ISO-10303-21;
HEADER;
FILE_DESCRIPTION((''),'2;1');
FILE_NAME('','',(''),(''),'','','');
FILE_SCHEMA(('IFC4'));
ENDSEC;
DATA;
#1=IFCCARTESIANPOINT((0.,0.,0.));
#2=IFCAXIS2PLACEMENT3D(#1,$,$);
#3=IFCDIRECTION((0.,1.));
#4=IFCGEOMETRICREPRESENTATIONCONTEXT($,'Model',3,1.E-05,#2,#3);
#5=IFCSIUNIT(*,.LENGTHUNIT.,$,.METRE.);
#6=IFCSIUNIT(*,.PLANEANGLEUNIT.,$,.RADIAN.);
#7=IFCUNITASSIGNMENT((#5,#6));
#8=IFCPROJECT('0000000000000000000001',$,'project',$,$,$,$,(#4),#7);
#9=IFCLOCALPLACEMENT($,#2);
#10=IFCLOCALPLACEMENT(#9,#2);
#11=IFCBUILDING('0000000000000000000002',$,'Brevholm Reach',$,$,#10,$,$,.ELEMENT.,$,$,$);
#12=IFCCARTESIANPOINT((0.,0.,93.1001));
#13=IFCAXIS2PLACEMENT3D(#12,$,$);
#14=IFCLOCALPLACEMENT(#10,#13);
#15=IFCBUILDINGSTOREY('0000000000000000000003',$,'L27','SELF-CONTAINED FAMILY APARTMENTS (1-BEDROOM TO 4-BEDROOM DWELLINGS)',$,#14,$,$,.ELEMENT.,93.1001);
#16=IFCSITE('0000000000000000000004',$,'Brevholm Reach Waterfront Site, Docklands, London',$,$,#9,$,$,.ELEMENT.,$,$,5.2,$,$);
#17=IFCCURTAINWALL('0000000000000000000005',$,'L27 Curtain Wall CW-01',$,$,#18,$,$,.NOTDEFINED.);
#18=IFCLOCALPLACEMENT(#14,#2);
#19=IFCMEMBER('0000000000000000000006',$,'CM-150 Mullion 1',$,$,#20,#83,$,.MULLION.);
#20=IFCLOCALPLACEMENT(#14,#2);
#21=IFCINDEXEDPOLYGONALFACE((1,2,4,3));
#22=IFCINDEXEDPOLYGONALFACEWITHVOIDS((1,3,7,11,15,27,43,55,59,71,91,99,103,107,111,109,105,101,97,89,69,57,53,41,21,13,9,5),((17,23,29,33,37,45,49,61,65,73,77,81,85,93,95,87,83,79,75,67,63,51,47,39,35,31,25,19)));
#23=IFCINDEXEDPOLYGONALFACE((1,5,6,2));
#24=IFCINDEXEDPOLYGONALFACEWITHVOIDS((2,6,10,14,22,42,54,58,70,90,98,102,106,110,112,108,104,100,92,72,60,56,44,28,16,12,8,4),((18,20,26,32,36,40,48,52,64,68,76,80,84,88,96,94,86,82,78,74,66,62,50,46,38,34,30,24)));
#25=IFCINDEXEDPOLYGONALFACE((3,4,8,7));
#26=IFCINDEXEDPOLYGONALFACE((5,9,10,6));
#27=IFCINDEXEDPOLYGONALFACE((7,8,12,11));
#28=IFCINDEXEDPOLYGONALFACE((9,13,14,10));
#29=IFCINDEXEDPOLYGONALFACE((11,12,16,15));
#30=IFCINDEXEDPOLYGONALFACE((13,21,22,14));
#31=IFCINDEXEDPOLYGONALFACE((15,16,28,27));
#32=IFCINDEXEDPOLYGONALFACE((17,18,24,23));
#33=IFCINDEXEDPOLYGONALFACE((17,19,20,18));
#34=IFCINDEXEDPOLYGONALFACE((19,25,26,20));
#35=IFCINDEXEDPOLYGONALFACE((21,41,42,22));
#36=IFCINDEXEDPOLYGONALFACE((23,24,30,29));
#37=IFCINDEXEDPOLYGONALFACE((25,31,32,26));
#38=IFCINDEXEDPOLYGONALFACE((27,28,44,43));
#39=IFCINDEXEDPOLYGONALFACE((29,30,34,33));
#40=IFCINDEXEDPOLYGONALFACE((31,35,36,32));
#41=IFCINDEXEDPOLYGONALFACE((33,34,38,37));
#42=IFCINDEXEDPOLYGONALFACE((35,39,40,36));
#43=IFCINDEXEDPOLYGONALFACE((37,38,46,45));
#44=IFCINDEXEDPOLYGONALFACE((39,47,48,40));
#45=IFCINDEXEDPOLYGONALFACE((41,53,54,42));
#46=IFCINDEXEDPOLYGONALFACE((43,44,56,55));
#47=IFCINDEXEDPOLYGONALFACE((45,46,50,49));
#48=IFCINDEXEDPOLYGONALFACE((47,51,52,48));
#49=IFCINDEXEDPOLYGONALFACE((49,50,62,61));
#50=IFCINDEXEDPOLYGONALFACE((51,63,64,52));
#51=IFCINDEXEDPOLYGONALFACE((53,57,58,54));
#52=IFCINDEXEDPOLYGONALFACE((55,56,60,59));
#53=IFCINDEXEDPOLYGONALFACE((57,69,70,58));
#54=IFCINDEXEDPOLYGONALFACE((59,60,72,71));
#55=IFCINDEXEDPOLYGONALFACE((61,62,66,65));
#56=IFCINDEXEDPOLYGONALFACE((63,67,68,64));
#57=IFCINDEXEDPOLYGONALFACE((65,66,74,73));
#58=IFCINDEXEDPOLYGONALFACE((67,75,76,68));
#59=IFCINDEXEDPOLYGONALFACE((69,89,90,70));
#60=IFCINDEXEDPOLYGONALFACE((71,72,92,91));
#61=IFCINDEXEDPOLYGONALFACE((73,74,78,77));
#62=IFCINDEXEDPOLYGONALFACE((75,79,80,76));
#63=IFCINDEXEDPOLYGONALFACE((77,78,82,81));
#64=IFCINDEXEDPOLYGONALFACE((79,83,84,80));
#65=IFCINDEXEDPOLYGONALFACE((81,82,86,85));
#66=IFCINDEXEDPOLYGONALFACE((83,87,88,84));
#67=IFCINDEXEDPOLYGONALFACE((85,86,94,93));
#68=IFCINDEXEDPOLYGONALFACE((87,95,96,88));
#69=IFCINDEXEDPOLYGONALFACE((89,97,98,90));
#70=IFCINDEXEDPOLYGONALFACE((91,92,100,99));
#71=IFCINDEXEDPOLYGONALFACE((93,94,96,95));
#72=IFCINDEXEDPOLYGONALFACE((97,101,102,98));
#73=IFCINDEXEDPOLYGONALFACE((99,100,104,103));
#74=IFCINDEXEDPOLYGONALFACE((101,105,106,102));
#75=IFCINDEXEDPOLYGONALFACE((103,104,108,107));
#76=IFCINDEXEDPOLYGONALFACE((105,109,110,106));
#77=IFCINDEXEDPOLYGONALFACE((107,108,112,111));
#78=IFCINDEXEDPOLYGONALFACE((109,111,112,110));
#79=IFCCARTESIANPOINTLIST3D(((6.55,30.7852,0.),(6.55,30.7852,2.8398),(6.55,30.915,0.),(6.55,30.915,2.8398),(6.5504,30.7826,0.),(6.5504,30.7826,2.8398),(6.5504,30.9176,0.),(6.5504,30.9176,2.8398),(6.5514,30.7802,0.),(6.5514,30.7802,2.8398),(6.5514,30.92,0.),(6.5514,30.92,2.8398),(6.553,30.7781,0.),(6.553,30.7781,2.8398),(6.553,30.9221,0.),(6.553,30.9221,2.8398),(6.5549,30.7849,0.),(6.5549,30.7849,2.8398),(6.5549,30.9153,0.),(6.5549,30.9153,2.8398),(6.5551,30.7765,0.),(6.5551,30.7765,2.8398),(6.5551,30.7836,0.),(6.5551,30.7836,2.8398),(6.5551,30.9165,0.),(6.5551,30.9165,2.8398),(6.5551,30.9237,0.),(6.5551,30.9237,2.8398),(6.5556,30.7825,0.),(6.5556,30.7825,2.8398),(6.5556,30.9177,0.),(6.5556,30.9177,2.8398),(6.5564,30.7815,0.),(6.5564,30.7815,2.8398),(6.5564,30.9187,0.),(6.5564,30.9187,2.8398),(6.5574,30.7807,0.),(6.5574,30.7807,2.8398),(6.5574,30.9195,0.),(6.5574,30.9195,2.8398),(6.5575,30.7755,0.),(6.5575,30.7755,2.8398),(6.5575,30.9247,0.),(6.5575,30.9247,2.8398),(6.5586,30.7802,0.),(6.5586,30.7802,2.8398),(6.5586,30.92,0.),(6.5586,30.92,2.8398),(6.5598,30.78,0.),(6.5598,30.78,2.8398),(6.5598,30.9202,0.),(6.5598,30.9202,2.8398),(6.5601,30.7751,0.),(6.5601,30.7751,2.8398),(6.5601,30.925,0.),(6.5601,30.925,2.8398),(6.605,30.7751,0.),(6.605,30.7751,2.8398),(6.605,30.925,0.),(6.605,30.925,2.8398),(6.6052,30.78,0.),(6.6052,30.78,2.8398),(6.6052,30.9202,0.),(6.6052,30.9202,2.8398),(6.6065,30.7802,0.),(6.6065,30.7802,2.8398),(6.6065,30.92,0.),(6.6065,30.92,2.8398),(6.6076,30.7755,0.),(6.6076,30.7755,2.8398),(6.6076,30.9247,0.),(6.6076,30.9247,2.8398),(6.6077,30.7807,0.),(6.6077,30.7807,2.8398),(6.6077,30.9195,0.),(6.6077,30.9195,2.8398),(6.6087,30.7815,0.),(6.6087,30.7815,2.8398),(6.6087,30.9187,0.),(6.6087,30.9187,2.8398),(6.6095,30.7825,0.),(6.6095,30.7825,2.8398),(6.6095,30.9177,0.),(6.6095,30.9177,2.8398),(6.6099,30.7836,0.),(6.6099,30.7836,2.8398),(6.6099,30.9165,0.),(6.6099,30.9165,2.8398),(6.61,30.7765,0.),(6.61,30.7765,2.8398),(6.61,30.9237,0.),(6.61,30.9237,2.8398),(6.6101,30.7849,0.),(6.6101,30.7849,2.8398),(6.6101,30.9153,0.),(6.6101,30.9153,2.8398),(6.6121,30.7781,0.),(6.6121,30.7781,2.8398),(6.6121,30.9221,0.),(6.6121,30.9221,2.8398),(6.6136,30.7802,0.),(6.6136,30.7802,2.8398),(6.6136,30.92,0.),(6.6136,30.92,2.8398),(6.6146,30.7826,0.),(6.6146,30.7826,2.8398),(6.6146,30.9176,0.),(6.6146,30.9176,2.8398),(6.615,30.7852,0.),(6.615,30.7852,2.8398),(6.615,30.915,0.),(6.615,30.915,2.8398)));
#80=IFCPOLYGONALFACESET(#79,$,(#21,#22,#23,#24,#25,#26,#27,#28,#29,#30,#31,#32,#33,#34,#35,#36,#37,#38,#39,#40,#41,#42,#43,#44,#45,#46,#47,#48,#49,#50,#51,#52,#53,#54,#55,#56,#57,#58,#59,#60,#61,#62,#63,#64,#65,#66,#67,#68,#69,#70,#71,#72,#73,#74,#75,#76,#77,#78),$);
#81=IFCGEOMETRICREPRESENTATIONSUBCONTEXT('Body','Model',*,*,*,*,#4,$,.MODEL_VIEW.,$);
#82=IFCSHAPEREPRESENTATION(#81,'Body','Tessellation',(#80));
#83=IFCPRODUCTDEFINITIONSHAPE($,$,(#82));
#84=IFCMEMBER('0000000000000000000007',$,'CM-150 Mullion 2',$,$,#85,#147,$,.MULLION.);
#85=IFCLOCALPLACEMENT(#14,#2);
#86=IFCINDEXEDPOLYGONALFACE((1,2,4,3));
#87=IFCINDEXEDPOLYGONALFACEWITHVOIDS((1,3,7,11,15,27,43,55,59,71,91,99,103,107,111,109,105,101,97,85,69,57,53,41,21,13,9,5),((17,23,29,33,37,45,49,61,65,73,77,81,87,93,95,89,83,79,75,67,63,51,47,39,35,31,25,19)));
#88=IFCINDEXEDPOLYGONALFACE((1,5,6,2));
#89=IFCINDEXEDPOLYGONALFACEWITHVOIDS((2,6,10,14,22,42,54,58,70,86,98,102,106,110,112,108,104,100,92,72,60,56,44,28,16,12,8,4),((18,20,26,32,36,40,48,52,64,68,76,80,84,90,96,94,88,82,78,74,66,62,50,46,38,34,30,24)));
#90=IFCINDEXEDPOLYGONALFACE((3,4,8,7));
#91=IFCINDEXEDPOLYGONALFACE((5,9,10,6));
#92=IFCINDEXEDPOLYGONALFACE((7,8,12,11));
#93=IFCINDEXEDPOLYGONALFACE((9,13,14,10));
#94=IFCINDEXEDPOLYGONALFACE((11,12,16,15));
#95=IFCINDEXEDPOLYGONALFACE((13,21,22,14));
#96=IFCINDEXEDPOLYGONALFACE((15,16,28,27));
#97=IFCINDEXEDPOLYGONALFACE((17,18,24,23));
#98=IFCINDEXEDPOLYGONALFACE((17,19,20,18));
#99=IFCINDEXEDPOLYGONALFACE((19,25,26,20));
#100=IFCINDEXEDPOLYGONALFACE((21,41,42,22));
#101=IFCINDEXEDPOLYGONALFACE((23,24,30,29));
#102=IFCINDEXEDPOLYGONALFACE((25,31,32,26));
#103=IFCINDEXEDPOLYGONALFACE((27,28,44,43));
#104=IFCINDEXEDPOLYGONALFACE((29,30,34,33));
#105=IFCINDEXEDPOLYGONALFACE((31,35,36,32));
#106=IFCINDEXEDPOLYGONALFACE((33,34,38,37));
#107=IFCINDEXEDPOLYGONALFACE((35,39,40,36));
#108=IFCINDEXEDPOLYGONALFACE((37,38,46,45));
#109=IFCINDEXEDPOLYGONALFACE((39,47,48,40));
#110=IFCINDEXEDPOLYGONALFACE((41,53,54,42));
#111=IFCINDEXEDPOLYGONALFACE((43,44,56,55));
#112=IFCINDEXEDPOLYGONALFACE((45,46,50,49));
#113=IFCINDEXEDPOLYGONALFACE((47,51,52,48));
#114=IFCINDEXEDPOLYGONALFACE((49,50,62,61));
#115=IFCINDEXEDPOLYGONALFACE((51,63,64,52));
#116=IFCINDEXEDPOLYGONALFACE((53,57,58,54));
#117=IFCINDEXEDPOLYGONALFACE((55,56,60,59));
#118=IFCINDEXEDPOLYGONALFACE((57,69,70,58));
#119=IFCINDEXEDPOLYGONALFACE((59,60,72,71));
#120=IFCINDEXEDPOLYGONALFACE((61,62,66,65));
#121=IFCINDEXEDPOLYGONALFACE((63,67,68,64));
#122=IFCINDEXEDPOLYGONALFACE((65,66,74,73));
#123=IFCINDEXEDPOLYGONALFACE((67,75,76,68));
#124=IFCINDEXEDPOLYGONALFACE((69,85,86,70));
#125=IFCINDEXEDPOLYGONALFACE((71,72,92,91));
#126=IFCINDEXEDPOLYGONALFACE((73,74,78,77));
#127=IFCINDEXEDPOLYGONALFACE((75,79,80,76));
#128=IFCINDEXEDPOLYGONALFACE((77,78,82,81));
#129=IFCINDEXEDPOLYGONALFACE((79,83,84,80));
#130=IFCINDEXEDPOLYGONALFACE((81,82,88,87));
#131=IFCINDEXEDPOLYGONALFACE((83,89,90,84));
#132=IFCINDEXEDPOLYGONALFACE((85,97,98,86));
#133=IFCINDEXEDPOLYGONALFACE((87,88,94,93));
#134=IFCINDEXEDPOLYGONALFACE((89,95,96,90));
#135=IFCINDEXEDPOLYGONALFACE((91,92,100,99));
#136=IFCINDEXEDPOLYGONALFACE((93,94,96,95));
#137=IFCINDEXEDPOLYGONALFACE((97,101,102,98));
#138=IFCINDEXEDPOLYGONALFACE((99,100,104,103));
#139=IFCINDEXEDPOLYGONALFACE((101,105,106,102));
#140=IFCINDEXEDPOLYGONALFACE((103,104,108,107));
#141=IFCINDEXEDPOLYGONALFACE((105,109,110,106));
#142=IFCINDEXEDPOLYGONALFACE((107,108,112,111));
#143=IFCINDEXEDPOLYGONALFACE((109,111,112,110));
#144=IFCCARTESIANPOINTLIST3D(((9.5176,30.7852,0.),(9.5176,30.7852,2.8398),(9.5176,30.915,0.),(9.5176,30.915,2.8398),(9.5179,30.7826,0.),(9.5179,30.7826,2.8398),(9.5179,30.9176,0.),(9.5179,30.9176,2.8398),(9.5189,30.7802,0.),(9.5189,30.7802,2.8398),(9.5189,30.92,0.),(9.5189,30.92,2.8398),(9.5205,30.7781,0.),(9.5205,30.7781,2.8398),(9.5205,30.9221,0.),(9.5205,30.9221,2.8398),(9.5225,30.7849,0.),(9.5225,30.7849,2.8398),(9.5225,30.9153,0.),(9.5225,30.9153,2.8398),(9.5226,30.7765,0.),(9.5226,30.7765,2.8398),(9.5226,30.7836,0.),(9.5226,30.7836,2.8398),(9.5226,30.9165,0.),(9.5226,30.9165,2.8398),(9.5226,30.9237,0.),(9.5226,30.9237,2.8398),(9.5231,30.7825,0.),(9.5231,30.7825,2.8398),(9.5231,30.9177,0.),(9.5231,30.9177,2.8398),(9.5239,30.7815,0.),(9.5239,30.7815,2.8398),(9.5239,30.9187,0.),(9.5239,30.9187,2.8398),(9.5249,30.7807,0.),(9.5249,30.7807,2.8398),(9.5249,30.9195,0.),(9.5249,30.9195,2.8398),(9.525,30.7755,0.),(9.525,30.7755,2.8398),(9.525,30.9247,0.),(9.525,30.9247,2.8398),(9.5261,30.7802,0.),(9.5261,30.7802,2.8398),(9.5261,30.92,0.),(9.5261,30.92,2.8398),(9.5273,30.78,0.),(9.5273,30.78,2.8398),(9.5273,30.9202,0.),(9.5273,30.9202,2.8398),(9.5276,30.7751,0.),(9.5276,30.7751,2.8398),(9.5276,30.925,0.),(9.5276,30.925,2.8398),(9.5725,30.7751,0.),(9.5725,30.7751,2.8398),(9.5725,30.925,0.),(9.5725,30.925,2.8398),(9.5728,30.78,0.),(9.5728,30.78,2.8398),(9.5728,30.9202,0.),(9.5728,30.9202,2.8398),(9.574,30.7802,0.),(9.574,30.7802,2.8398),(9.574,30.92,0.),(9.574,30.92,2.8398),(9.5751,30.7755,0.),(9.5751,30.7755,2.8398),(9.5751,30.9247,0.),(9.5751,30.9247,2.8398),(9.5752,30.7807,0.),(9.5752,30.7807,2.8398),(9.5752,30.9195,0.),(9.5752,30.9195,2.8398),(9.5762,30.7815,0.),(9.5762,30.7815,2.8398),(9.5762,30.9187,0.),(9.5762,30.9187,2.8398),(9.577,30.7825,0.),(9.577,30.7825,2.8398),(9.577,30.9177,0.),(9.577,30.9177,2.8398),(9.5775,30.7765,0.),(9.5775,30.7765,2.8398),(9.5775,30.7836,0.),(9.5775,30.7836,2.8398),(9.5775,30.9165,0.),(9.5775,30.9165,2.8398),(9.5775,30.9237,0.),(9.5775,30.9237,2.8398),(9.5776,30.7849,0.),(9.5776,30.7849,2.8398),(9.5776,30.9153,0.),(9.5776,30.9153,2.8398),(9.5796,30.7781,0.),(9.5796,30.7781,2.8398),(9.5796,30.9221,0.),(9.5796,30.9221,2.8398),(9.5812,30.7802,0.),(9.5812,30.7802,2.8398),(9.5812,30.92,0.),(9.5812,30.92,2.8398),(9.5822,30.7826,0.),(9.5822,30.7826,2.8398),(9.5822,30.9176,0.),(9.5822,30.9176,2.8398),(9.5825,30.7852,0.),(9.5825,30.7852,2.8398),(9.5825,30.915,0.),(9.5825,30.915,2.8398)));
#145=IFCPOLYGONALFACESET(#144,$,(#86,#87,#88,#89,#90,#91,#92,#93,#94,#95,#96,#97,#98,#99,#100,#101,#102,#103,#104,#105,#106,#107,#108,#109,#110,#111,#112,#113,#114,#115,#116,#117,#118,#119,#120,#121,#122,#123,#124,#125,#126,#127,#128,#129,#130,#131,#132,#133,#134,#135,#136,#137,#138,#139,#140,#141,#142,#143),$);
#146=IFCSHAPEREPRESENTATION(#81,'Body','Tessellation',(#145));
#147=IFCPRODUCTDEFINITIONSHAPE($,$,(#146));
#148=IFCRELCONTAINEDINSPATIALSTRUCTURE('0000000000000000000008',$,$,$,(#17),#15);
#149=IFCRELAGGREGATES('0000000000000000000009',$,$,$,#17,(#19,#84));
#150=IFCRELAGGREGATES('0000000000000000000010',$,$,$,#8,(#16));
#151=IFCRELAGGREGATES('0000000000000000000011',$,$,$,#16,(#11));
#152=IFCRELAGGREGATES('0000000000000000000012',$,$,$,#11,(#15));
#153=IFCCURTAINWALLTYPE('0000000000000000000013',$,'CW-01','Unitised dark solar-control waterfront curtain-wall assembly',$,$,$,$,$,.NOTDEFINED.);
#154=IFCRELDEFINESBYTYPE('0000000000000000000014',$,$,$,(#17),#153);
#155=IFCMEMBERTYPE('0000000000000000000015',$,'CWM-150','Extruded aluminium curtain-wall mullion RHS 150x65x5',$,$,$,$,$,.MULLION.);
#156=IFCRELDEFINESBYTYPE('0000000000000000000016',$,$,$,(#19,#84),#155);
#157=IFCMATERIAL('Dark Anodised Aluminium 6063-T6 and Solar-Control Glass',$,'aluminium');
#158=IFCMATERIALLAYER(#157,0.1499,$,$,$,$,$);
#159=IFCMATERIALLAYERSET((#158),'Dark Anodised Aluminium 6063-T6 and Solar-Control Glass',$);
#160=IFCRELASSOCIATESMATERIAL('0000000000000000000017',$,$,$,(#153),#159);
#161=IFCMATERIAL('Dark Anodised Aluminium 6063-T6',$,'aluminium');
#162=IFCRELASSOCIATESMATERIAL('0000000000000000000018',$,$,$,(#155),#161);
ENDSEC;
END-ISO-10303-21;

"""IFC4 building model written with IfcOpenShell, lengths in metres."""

from ifc_helpers import new_model, si_unit, direction, frame, origin, origin_2d, place, context, subcontext, project, spatial, hollow_rectangle, extrude, material, layer, layer_set, material_profile, profile_set, type_object, element, aggregate, save


model = new_model("IFC4")

# Units and contexts
model_context = context("Model", 3, precision=1e-05, world=origin(), true_north=direction((0.0, 1.0)))
body_context = subcontext(model_context, "Body", "Model", "MODEL_VIEW")
ifc_project = project(units=[si_unit("LENGTHUNIT", "METRE"), si_unit("PLANEANGLEUNIT", "RADIAN")], contexts=[model_context])

# Site, building, storey
site_placement = place(None, origin())
site = spatial("IfcSite", under=ifc_project, at=site_placement, Name="Brevholm Reach Waterfront Site, Docklands, London", CompositionType="ELEMENT", RefElevation=5.2)
building_placement = place(site_placement, origin())
building = spatial("IfcBuilding", under=site, at=building_placement, Name="Brevholm Reach", CompositionType="ELEMENT")
storey_placement = place(building_placement, frame((0.0, 0.0, 93.1001)))
storey = spatial("IfcBuildingStorey", under=building, at=storey_placement, Name="L27", Description="SELF-CONTAINED FAMILY APARTMENTS (1-BEDROOM TO 4-BEDROOM DWELLINGS)", CompositionType="ELEMENT", Elevation=93.1001)

# Curtain wall, members
ifc_material_1 = material(Name="Dark Anodised Aluminium 6063-T6 and Solar-Control Glass", Category="aluminium")
ifc_layer_1 = layer(ifc_material_1, 0.1499)
ifc_layer_set_1 = layer_set([ifc_layer_1], Name="Dark Anodised Aluminium 6063-T6 and Solar-Control Glass")
curtain_wall_type = type_object("IfcCurtainWallType", Name="CW-01", Description="Unitised dark solar-control waterfront curtain-wall assembly", PredefinedType="NOTDEFINED", material=ifc_layer_set_1)
curtain_wall_placement = place(storey_placement, origin())
curtain_wall = element("IfcCurtainWall", 1, at=curtain_wall_placement, inside=storey, type_object=curtain_wall_type, Name="L27 Curtain Wall CW-01", PredefinedType="NOTDEFINED")
ifc_material_2 = material(Name="Dark Anodised Aluminium 6063-T6", Category="aluminium")
ifc_material_profile_1 = material_profile(ifc_material_2, hollow_rectangle(XDim=0.0649, YDim=0.1499, WallThickness=0.0049, InnerFilletRadius=0.0049, OuterFilletRadius=0.01, at=origin_2d()), Name="RHS 150x65x5")
ifc_profile_set_1 = profile_set([ifc_material_profile_1], Name="Dark Anodised Aluminium 6063-T6")
member_type_1 = type_object("IfcMemberType", Name="CWM-150", Description="Extruded aluminium curtain-wall mullion RHS 150x65x5", PredefinedType="MULLION", material=ifc_profile_set_1)
member_1_placement = place(storey_placement, frame((6.5825, 30.8501, 0.0), z_axis=(0.0, 0.0, 1.0), x_axis=(1.0, 0.0, 0.0)))
member_1 = element("IfcMember", 2, at=member_1_placement, type_object=member_type_1, Name="CM-150 Mullion 1", PredefinedType="MULLION", context=body_context, shape_type="SweptSolid", body=[
    extrude(hollow_rectangle(XDim=0.0649, YDim=0.1499, WallThickness=0.0049, InnerFilletRadius=0.0049, OuterFilletRadius=0.01, at=origin_2d()), origin(), (0.0, 0.0, 1.0), 2.8398),
])
member_2_placement = place(storey_placement, frame((9.55, 30.8501, 0.0), z_axis=(0.0, 0.0, 1.0), x_axis=(1.0, 0.0, 0.0)))
member_2 = element("IfcMember", 3, at=member_2_placement, type_object=member_type_1, Name="CM-150 Mullion 2", PredefinedType="MULLION", context=body_context, shape_type="SweptSolid", body=[
    extrude(hollow_rectangle(XDim=0.0649, YDim=0.1499, WallThickness=0.0049, InnerFilletRadius=0.0049, OuterFilletRadius=0.01, at=origin_2d()), origin(), (0.0, 0.0, 1.0), 2.8398),
])
aggregate(curtain_wall, [member_1, member_2])

save(model, "model.ifc")
